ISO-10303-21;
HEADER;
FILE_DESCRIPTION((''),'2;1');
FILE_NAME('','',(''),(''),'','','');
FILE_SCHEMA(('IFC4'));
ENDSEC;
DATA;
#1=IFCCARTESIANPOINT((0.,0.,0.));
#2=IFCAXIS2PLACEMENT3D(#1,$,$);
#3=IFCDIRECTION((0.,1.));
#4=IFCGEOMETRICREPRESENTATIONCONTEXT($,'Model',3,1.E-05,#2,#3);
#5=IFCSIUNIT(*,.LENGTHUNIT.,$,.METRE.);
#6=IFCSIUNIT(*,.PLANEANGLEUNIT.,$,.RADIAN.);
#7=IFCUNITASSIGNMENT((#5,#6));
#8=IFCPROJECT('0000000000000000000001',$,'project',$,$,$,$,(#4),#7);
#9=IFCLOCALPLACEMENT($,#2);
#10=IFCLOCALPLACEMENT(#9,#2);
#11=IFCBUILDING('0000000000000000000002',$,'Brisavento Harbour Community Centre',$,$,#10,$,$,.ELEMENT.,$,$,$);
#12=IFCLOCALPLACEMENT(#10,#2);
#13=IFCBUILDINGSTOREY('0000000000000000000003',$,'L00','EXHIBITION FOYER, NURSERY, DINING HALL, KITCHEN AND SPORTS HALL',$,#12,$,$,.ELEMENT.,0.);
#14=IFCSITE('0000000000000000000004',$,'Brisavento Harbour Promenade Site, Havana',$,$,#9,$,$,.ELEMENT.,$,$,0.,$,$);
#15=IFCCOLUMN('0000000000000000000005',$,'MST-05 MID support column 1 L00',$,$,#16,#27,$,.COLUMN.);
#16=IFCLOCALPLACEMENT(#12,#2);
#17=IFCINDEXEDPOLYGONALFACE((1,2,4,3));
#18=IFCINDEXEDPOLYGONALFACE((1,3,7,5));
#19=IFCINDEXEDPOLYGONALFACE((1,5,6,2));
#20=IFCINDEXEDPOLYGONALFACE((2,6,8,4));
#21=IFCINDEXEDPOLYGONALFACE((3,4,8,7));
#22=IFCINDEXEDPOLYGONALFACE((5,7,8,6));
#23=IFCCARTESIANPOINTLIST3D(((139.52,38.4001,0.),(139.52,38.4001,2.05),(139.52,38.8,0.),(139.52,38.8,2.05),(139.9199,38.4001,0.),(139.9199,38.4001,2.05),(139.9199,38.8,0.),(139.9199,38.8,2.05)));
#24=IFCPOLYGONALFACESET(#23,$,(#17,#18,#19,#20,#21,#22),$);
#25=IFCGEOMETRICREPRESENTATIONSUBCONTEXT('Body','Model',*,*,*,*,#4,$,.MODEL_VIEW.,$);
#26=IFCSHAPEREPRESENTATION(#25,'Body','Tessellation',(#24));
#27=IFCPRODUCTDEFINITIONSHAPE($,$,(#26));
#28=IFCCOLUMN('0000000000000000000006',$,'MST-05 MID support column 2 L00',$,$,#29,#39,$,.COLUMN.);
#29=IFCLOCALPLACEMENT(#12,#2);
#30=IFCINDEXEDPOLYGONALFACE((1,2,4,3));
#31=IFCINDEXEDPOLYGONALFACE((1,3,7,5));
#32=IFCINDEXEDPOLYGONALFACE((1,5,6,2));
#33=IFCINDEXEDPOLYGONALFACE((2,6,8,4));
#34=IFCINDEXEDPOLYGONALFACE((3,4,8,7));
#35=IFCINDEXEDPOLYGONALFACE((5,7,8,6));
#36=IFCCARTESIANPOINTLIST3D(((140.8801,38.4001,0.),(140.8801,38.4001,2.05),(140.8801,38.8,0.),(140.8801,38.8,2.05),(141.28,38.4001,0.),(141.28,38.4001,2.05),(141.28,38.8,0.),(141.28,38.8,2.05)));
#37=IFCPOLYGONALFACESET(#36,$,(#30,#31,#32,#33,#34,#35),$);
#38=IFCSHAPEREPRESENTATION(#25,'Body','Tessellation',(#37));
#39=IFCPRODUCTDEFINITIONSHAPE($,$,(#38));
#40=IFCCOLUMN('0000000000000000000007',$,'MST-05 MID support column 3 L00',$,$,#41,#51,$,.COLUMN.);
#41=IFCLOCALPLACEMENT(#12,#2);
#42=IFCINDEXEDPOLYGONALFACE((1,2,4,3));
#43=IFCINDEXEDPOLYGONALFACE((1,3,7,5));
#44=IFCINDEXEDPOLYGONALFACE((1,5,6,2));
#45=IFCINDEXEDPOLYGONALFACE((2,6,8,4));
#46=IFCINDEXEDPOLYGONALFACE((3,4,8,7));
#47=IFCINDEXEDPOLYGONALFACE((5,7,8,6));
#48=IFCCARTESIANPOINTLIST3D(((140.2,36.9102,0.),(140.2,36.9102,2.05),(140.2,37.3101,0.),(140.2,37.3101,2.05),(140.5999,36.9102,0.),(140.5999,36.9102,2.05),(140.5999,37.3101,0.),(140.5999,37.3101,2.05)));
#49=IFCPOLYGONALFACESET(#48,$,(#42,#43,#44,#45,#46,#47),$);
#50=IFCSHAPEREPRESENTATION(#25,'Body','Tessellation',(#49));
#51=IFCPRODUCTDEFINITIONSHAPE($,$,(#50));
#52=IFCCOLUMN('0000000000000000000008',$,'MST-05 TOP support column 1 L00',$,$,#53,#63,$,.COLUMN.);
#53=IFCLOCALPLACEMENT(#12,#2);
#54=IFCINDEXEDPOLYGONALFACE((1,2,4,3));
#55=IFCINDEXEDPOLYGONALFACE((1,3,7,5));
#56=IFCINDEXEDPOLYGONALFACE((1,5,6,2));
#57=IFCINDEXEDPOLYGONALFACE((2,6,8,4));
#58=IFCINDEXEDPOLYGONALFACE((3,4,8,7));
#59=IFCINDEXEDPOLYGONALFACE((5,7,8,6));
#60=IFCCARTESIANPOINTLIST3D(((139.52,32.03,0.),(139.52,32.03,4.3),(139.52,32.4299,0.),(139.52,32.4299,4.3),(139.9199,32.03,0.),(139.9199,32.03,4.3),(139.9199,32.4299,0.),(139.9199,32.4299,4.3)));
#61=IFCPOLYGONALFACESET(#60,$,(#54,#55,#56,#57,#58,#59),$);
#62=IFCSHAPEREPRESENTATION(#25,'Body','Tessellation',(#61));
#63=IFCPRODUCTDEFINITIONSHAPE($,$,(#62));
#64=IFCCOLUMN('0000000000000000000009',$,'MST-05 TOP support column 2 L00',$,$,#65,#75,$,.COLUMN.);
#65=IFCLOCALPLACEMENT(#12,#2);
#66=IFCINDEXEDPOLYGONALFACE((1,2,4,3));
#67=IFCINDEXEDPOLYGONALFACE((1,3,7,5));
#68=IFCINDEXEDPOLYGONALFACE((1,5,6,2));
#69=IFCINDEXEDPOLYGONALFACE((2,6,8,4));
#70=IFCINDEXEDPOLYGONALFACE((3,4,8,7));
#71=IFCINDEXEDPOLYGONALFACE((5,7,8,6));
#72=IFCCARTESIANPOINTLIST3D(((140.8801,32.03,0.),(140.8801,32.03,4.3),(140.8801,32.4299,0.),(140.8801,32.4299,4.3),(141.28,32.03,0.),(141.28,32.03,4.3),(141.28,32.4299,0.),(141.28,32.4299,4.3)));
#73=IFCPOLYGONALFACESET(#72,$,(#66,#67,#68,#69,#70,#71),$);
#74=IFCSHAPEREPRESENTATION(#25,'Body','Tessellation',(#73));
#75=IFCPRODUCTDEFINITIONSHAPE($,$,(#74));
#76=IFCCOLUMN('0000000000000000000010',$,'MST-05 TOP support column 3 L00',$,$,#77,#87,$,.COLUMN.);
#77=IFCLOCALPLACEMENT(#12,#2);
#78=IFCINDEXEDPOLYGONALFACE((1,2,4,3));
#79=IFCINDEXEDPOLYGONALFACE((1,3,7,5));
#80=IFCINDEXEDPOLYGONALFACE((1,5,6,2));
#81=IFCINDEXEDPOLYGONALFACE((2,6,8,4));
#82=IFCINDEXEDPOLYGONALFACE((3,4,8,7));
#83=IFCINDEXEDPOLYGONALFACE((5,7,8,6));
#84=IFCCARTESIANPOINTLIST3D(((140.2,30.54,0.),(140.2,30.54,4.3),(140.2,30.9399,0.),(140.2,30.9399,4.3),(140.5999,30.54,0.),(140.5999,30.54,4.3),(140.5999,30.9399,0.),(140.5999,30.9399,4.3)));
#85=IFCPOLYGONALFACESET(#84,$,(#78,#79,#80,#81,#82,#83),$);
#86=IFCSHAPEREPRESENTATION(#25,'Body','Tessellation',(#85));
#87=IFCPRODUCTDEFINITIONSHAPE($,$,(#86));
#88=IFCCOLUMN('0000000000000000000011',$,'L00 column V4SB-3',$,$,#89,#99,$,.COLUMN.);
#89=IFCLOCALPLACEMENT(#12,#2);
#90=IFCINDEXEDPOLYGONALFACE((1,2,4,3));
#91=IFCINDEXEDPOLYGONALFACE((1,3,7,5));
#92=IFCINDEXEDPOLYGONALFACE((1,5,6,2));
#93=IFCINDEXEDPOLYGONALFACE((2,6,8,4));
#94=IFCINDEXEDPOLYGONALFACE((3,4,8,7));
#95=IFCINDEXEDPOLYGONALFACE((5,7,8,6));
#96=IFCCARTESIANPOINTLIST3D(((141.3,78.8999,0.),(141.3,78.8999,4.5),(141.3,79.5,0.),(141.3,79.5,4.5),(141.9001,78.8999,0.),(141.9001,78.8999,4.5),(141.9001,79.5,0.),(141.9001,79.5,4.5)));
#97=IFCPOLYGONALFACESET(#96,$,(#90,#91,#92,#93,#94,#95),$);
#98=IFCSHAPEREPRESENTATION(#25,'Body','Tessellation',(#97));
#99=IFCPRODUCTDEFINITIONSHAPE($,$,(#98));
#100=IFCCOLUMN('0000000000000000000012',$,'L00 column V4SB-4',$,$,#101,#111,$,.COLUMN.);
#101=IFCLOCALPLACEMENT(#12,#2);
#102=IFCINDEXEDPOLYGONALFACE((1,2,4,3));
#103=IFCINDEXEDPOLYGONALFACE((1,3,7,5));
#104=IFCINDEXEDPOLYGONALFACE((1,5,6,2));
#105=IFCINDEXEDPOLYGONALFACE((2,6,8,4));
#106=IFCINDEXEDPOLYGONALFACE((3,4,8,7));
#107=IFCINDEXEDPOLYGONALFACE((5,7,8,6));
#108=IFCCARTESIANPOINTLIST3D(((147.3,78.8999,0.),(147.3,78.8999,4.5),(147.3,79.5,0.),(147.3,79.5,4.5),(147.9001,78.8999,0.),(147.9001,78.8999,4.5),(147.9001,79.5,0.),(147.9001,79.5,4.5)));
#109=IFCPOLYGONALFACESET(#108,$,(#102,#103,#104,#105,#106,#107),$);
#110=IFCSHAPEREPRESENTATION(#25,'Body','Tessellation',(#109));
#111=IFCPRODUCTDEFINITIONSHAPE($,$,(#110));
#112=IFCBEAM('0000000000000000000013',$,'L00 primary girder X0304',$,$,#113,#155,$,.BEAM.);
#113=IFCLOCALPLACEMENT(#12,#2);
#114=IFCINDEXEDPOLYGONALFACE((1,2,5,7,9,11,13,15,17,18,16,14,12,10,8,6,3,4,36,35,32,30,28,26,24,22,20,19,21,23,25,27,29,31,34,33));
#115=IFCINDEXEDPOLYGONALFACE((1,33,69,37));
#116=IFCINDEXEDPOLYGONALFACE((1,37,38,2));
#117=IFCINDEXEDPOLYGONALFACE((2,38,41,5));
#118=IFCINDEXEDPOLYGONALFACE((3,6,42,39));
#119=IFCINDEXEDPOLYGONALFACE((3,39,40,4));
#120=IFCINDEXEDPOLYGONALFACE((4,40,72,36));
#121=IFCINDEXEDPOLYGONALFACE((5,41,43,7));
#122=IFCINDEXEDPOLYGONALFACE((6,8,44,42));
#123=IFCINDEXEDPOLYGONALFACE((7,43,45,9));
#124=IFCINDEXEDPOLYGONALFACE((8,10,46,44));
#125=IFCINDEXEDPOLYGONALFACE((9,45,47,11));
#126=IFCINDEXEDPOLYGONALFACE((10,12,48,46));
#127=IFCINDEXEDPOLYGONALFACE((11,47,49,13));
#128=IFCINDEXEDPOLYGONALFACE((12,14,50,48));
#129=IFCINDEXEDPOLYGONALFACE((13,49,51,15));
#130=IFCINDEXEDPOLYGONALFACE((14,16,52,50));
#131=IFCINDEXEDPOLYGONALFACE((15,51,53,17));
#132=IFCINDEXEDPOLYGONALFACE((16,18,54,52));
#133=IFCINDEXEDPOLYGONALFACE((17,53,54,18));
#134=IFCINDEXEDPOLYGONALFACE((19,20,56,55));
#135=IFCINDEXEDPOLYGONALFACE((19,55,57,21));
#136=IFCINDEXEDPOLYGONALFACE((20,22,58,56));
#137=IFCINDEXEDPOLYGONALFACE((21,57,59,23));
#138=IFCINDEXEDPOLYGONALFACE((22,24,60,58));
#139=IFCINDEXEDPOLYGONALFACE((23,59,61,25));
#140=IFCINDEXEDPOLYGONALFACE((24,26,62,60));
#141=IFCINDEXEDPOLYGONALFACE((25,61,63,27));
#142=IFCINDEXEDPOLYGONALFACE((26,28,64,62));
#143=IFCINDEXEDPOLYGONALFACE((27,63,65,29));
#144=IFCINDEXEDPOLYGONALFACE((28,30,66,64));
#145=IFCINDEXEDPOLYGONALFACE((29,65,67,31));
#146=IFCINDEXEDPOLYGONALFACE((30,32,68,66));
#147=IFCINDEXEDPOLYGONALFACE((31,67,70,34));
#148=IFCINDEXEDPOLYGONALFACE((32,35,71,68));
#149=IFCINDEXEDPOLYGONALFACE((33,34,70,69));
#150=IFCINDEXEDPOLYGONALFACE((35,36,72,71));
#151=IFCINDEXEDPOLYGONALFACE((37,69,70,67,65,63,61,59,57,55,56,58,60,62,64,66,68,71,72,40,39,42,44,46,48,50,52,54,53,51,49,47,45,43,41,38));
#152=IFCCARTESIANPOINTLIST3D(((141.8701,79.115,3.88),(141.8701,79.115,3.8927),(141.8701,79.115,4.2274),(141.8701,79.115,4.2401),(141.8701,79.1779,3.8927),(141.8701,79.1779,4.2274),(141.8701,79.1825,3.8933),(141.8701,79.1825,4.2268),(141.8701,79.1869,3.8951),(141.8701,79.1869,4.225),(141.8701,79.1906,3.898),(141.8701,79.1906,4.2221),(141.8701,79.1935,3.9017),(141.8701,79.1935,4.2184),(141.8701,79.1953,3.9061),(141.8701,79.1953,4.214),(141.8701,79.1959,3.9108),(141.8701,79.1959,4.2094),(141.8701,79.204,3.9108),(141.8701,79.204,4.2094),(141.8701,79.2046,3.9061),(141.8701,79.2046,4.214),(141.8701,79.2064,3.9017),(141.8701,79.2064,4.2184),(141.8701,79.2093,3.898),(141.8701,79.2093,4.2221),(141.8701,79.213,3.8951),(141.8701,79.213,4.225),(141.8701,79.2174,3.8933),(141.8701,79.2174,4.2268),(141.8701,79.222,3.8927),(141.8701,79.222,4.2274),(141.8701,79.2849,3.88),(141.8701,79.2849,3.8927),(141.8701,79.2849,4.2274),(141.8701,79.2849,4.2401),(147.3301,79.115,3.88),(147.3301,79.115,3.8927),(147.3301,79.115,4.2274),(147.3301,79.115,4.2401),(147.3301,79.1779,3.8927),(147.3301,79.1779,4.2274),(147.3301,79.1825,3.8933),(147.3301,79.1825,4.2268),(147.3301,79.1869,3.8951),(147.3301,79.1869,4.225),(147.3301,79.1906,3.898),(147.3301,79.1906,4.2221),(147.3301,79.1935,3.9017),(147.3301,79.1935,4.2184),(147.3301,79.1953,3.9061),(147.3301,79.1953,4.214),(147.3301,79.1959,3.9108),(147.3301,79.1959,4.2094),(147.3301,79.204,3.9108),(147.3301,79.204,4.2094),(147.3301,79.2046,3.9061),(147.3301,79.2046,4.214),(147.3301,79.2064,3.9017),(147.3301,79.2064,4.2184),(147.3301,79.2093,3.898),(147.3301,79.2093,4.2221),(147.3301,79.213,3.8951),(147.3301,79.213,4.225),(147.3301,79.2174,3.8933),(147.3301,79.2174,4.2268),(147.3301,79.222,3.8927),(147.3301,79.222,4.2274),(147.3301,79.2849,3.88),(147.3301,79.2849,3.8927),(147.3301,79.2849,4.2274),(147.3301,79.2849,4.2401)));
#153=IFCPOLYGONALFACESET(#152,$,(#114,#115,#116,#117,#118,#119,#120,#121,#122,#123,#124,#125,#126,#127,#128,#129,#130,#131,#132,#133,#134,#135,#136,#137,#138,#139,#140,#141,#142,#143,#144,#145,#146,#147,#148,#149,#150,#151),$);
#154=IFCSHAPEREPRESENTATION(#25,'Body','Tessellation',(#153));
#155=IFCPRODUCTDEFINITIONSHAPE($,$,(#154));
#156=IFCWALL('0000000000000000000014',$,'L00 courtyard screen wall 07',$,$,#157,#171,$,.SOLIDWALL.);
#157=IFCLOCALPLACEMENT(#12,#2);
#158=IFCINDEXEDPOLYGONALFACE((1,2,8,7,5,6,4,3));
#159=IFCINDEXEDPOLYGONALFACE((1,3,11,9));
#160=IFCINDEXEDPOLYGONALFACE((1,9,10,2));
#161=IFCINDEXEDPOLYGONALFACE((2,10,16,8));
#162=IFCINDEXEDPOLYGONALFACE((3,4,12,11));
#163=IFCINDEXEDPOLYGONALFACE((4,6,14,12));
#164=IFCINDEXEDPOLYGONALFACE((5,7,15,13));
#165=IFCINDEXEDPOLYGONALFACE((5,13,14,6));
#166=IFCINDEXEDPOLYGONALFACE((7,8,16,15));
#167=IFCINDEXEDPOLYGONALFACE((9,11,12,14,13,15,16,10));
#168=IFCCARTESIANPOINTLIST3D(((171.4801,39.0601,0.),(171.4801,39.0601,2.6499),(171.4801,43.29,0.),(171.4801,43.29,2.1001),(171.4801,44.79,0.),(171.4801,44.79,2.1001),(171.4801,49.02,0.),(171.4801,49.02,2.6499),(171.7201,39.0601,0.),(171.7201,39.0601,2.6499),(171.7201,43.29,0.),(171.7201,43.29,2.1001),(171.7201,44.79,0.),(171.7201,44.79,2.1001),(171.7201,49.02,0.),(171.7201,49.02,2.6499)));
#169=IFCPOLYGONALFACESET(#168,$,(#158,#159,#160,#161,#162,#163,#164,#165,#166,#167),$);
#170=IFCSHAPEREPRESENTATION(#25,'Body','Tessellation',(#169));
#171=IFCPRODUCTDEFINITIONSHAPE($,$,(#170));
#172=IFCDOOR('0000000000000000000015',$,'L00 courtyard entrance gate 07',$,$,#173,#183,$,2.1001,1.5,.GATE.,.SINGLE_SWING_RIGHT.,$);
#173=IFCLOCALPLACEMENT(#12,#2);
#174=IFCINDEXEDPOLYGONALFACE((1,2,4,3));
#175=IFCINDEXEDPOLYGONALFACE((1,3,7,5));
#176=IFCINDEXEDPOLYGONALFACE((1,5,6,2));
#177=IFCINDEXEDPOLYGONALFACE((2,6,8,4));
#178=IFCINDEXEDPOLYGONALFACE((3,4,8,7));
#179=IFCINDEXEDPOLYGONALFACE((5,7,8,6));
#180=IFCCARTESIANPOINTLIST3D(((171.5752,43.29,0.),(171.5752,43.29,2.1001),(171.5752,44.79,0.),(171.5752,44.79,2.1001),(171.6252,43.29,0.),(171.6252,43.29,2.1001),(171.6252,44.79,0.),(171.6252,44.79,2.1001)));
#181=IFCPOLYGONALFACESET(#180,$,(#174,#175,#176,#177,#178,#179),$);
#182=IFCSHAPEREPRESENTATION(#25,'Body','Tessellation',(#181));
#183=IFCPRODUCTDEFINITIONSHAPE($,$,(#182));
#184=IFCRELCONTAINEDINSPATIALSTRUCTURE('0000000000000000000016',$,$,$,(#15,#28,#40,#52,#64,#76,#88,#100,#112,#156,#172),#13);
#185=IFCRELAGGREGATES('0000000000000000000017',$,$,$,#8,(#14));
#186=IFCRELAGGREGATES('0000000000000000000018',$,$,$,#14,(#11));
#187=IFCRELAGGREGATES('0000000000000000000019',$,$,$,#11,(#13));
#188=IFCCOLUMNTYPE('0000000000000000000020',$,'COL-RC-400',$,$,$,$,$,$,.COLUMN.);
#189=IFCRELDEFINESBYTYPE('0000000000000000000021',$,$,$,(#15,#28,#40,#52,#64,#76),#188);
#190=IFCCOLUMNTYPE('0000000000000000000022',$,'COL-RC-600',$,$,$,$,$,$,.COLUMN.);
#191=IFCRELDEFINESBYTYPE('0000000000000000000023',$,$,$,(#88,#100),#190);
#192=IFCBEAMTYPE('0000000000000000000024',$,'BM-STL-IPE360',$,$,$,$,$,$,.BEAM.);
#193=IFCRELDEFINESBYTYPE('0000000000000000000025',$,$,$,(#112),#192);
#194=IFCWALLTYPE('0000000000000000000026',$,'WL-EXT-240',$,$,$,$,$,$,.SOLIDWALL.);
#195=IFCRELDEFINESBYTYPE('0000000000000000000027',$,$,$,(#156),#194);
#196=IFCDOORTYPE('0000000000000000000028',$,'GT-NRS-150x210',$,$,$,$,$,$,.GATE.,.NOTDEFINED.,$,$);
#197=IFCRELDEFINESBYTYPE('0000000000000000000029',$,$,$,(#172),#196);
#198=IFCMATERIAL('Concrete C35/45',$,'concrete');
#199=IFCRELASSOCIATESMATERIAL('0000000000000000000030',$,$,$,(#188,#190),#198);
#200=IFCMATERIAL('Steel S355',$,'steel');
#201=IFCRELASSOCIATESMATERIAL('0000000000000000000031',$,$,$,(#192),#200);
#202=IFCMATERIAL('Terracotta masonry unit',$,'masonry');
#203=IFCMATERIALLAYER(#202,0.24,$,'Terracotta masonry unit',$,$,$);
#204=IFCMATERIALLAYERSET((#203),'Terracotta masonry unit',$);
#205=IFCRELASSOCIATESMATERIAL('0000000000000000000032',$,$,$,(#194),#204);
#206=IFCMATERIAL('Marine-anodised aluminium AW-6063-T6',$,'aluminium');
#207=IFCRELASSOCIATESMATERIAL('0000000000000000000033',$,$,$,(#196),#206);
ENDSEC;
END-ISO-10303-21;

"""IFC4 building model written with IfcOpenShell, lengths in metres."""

from ifc_helpers import new_model, si_unit, direction, frame, frame_2d, origin, origin_2d, place, context, subcontext, project, spatial, rectangle, i_section, extrude, material, layer, layer_set, material_profile, profile_set, type_object, element, fill, save


model = new_model("IFC4")

# Units and contexts
model_context = context("Model", 3, precision=1e-05, world=origin(), true_north=direction((0.0, 1.0)))
body_context = subcontext(model_context, "Body", "Model", "MODEL_VIEW")
ifc_project = project(units=[si_unit("LENGTHUNIT", "METRE"), si_unit("PLANEANGLEUNIT", "RADIAN")], contexts=[model_context])

# Site, building, storey
site_placement = place(None, origin())
site = spatial("IfcSite", under=ifc_project, at=site_placement, Name="Brisavento Harbour Promenade Site, Havana", CompositionType="ELEMENT", RefElevation=0.0)
building_placement = place(site_placement, origin())
building = spatial("IfcBuilding", under=site, at=building_placement, Name="Brisavento Harbour Community Centre", CompositionType="ELEMENT")
storey_placement = place(building_placement, origin())
storey = spatial("IfcBuildingStorey", under=building, at=storey_placement, Name="L00", Description="EXHIBITION FOYER, NURSERY, DINING HALL, KITCHEN AND SPORTS HALL", CompositionType="ELEMENT", Elevation=0.0)

# Columns
ifc_material_1 = material(Name="Concrete C35/45", Category="concrete")
ifc_material_profile_1 = material_profile(ifc_material_1, rectangle(XDim=0.3999, YDim=0.3999, at=origin_2d()), Name="Concrete C35/45")
ifc_profile_set_1 = profile_set([ifc_material_profile_1], Name="Concrete C35/45")
column_type_1 = type_object("IfcColumnType", Name="COL-RC-400", PredefinedType="COLUMN", material=ifc_profile_set_1)
for number, where, z_axis, x_axis, name in (
    (1, (139.72, 38.6001, 0.0), (0.0, 0.0, 1.0), (1.0, 0.0, 0.0), "MST-05 MID support column 1 L00"),
    (2, (141.0801, 38.6001, 0.0), (0.0, 0.0, 1.0), (1.0, 0.0, 0.0), "MST-05 MID support column 2 L00"),
    (3, (140.3999, 37.1101, 0.0), (0.0, 0.0, 1.0), (1.0, 0.0, 0.0), "MST-05 MID support column 3 L00"),
):
    element("IfcColumn", number, at=place(storey_placement, frame(where, z_axis=z_axis, x_axis=x_axis)), inside=storey, type_object=column_type_1, Name=name, PredefinedType="COLUMN", context=body_context, shape_type="SweptSolid", body=[
        extrude(rectangle(XDim=0.3999, YDim=0.3999, at=origin_2d()), origin(), (0.0, 0.0, 1.0), 2.05),
    ])
for number, where, z_axis, x_axis, name in (
    (4, (139.72, 32.23, 0.0), (0.0, 0.0, 1.0), (1.0, 0.0, 0.0), "MST-05 TOP support column 1 L00"),
    (5, (141.0801, 32.23, 0.0), (0.0, 0.0, 1.0), (1.0, 0.0, 0.0), "MST-05 TOP support column 2 L00"),
    (6, (140.3999, 30.74, 0.0), (0.0, 0.0, 1.0), (1.0, 0.0, 0.0), "MST-05 TOP support column 3 L00"),
):
    element("IfcColumn", number, at=place(storey_placement, frame(where, z_axis=z_axis, x_axis=x_axis)), inside=storey, type_object=column_type_1, Name=name, PredefinedType="COLUMN", context=body_context, shape_type="SweptSolid", body=[
        extrude(rectangle(XDim=0.3999, YDim=0.3999, at=origin_2d()), origin(), (0.0, 0.0, 1.0), 4.3),
    ])
ifc_material_profile_2 = material_profile(ifc_material_1, rectangle(XDim=0.6001, YDim=0.6001, at=origin_2d()), Name="Concrete C35/45")
ifc_profile_set_2 = profile_set([ifc_material_profile_2], Name="Concrete C35/45")
column_type_2 = type_object("IfcColumnType", Name="COL-RC-600", PredefinedType="COLUMN", material=ifc_profile_set_2)
for number, where, z_axis, x_axis, name in (
    (7, (141.6001, 79.2, 0.0), (0.0, 0.0, 1.0), (1.0, 0.0, 0.0), "L00 column V4SB-3"),
    (8, (147.6001, 79.2, 0.0), (0.0, 0.0, 1.0), (1.0, 0.0, 0.0), "L00 column V4SB-4"),
):
    element("IfcColumn", number, at=place(storey_placement, frame(where, z_axis=z_axis, x_axis=x_axis)), inside=storey, type_object=column_type_2, Name=name, PredefinedType="COLUMN", context=body_context, shape_type="SweptSolid", body=[
        extrude(rectangle(XDim=0.6001, YDim=0.6001, at=origin_2d()), origin(), (0.0, 0.0, 1.0), 4.5),
    ])

# Beam
ifc_material_2 = material(Name="Steel S355", Category="steel")
ifc_material_profile_3 = material_profile(ifc_material_2, i_section(OverallWidth=0.1699, OverallDepth=0.3601, WebThickness=0.0081, FlangeThickness=0.0127, FilletRadius=0.0181, at=origin_2d()), Name="Steel S355")
ifc_profile_set_3 = profile_set([ifc_material_profile_3], Name="Steel S355")
beam_type = type_object("IfcBeamType", Name="BM-STL-IPE360", PredefinedType="BEAM", material=ifc_profile_set_3)
beam_placement = place(storey_placement, frame((141.8701, 79.2, 4.0601), z_axis=(1.0, 0.0, 0.0), x_axis=(0.0, 1.0, 0.0)))
element("IfcBeam", 9, at=beam_placement, inside=storey, type_object=beam_type, Name="L00 primary girder X0304", PredefinedType="BEAM", context=body_context, shape_type="SweptSolid", body=[
    extrude(i_section(OverallWidth=0.1699, OverallDepth=0.3601, WebThickness=0.0081, FlangeThickness=0.0127, FilletRadius=0.0181, at=origin_2d()), origin(), (0.0, 0.0, 1.0), 5.46),
])

# Wall, opening, door
ifc_material_3 = material(Name="Terracotta masonry unit", Category="masonry")
ifc_layer = layer(ifc_material_3, 0.24, Name="Terracotta masonry unit")
ifc_layer_set = layer_set([ifc_layer], Name="Terracotta masonry unit")
wall_type = type_object("IfcWallType", Name="WL-EXT-240", PredefinedType="SOLIDWALL", material=ifc_layer_set)
wall_1_placement = place(storey_placement, frame((171.6001, 39.0601, 0.0), z_axis=(0.0, 0.0, 1.0), x_axis=(0.0, 1.0, 0.0)))
wall_1 = element("IfcWall", 10, at=wall_1_placement, inside=storey, type_object=wall_type, Name="L00 courtyard screen wall 07", PredefinedType="SOLIDWALL", context=body_context, shape_type="SweptSolid", body=[
    extrude(rectangle(XDim=9.96, YDim=0.24, at=frame_2d((4.98, 0.0))), origin(), (0.0, 0.0, 1.0), 2.6499),
])
opening_1_placement = place(wall_1_placement, frame((4.23, 0.0, 0.0)))
opening_1 = element("IfcOpeningElement", 11, at=opening_1_placement, cuts=wall_1, PredefinedType="OPENING", context=body_context, shape_type="SweptSolid", body=[
    extrude(rectangle(XDim=1.5, YDim=2.1001, at=frame_2d((0.75, 1.05))), frame((0.0, 0.1299, 0.0), z_axis=(0.0, -1.0, 0.0), x_axis=(1.0, 0.0, 0.0)), (0.0, 0.0, 1.0), 0.26),
])
ifc_material_4 = material(Name="Marine-anodised aluminium AW-6063-T6", Category="aluminium")
door_type_1 = type_object("IfcDoorType", Name="GT-NRS-150x210", OperationType="NOTDEFINED", PredefinedType="GATE", material=ifc_material_4)
door_1_placement = place(opening_1_placement, origin())
door_1 = element("IfcDoor", 12, at=door_1_placement, inside=storey, type_object=door_type_1, Name="L00 courtyard entrance gate 07", OperationType="SINGLE_SWING_RIGHT", OverallHeight=2.1001, OverallWidth=1.5, PredefinedType="GATE", context=body_context, shape_type="SweptSolid", body=[
    extrude(rectangle(XDim=1.5, YDim=2.1001, at=frame_2d((0.75, 1.05))), frame((0.0, 0.0249, 0.0), z_axis=(0.0, -1.0, 0.0), x_axis=(1.0, 0.0, 0.0)), (0.0, 0.0, 1.0), 0.05),
])
fill(opening_1, door_1)

save(model, "model.ifc")
